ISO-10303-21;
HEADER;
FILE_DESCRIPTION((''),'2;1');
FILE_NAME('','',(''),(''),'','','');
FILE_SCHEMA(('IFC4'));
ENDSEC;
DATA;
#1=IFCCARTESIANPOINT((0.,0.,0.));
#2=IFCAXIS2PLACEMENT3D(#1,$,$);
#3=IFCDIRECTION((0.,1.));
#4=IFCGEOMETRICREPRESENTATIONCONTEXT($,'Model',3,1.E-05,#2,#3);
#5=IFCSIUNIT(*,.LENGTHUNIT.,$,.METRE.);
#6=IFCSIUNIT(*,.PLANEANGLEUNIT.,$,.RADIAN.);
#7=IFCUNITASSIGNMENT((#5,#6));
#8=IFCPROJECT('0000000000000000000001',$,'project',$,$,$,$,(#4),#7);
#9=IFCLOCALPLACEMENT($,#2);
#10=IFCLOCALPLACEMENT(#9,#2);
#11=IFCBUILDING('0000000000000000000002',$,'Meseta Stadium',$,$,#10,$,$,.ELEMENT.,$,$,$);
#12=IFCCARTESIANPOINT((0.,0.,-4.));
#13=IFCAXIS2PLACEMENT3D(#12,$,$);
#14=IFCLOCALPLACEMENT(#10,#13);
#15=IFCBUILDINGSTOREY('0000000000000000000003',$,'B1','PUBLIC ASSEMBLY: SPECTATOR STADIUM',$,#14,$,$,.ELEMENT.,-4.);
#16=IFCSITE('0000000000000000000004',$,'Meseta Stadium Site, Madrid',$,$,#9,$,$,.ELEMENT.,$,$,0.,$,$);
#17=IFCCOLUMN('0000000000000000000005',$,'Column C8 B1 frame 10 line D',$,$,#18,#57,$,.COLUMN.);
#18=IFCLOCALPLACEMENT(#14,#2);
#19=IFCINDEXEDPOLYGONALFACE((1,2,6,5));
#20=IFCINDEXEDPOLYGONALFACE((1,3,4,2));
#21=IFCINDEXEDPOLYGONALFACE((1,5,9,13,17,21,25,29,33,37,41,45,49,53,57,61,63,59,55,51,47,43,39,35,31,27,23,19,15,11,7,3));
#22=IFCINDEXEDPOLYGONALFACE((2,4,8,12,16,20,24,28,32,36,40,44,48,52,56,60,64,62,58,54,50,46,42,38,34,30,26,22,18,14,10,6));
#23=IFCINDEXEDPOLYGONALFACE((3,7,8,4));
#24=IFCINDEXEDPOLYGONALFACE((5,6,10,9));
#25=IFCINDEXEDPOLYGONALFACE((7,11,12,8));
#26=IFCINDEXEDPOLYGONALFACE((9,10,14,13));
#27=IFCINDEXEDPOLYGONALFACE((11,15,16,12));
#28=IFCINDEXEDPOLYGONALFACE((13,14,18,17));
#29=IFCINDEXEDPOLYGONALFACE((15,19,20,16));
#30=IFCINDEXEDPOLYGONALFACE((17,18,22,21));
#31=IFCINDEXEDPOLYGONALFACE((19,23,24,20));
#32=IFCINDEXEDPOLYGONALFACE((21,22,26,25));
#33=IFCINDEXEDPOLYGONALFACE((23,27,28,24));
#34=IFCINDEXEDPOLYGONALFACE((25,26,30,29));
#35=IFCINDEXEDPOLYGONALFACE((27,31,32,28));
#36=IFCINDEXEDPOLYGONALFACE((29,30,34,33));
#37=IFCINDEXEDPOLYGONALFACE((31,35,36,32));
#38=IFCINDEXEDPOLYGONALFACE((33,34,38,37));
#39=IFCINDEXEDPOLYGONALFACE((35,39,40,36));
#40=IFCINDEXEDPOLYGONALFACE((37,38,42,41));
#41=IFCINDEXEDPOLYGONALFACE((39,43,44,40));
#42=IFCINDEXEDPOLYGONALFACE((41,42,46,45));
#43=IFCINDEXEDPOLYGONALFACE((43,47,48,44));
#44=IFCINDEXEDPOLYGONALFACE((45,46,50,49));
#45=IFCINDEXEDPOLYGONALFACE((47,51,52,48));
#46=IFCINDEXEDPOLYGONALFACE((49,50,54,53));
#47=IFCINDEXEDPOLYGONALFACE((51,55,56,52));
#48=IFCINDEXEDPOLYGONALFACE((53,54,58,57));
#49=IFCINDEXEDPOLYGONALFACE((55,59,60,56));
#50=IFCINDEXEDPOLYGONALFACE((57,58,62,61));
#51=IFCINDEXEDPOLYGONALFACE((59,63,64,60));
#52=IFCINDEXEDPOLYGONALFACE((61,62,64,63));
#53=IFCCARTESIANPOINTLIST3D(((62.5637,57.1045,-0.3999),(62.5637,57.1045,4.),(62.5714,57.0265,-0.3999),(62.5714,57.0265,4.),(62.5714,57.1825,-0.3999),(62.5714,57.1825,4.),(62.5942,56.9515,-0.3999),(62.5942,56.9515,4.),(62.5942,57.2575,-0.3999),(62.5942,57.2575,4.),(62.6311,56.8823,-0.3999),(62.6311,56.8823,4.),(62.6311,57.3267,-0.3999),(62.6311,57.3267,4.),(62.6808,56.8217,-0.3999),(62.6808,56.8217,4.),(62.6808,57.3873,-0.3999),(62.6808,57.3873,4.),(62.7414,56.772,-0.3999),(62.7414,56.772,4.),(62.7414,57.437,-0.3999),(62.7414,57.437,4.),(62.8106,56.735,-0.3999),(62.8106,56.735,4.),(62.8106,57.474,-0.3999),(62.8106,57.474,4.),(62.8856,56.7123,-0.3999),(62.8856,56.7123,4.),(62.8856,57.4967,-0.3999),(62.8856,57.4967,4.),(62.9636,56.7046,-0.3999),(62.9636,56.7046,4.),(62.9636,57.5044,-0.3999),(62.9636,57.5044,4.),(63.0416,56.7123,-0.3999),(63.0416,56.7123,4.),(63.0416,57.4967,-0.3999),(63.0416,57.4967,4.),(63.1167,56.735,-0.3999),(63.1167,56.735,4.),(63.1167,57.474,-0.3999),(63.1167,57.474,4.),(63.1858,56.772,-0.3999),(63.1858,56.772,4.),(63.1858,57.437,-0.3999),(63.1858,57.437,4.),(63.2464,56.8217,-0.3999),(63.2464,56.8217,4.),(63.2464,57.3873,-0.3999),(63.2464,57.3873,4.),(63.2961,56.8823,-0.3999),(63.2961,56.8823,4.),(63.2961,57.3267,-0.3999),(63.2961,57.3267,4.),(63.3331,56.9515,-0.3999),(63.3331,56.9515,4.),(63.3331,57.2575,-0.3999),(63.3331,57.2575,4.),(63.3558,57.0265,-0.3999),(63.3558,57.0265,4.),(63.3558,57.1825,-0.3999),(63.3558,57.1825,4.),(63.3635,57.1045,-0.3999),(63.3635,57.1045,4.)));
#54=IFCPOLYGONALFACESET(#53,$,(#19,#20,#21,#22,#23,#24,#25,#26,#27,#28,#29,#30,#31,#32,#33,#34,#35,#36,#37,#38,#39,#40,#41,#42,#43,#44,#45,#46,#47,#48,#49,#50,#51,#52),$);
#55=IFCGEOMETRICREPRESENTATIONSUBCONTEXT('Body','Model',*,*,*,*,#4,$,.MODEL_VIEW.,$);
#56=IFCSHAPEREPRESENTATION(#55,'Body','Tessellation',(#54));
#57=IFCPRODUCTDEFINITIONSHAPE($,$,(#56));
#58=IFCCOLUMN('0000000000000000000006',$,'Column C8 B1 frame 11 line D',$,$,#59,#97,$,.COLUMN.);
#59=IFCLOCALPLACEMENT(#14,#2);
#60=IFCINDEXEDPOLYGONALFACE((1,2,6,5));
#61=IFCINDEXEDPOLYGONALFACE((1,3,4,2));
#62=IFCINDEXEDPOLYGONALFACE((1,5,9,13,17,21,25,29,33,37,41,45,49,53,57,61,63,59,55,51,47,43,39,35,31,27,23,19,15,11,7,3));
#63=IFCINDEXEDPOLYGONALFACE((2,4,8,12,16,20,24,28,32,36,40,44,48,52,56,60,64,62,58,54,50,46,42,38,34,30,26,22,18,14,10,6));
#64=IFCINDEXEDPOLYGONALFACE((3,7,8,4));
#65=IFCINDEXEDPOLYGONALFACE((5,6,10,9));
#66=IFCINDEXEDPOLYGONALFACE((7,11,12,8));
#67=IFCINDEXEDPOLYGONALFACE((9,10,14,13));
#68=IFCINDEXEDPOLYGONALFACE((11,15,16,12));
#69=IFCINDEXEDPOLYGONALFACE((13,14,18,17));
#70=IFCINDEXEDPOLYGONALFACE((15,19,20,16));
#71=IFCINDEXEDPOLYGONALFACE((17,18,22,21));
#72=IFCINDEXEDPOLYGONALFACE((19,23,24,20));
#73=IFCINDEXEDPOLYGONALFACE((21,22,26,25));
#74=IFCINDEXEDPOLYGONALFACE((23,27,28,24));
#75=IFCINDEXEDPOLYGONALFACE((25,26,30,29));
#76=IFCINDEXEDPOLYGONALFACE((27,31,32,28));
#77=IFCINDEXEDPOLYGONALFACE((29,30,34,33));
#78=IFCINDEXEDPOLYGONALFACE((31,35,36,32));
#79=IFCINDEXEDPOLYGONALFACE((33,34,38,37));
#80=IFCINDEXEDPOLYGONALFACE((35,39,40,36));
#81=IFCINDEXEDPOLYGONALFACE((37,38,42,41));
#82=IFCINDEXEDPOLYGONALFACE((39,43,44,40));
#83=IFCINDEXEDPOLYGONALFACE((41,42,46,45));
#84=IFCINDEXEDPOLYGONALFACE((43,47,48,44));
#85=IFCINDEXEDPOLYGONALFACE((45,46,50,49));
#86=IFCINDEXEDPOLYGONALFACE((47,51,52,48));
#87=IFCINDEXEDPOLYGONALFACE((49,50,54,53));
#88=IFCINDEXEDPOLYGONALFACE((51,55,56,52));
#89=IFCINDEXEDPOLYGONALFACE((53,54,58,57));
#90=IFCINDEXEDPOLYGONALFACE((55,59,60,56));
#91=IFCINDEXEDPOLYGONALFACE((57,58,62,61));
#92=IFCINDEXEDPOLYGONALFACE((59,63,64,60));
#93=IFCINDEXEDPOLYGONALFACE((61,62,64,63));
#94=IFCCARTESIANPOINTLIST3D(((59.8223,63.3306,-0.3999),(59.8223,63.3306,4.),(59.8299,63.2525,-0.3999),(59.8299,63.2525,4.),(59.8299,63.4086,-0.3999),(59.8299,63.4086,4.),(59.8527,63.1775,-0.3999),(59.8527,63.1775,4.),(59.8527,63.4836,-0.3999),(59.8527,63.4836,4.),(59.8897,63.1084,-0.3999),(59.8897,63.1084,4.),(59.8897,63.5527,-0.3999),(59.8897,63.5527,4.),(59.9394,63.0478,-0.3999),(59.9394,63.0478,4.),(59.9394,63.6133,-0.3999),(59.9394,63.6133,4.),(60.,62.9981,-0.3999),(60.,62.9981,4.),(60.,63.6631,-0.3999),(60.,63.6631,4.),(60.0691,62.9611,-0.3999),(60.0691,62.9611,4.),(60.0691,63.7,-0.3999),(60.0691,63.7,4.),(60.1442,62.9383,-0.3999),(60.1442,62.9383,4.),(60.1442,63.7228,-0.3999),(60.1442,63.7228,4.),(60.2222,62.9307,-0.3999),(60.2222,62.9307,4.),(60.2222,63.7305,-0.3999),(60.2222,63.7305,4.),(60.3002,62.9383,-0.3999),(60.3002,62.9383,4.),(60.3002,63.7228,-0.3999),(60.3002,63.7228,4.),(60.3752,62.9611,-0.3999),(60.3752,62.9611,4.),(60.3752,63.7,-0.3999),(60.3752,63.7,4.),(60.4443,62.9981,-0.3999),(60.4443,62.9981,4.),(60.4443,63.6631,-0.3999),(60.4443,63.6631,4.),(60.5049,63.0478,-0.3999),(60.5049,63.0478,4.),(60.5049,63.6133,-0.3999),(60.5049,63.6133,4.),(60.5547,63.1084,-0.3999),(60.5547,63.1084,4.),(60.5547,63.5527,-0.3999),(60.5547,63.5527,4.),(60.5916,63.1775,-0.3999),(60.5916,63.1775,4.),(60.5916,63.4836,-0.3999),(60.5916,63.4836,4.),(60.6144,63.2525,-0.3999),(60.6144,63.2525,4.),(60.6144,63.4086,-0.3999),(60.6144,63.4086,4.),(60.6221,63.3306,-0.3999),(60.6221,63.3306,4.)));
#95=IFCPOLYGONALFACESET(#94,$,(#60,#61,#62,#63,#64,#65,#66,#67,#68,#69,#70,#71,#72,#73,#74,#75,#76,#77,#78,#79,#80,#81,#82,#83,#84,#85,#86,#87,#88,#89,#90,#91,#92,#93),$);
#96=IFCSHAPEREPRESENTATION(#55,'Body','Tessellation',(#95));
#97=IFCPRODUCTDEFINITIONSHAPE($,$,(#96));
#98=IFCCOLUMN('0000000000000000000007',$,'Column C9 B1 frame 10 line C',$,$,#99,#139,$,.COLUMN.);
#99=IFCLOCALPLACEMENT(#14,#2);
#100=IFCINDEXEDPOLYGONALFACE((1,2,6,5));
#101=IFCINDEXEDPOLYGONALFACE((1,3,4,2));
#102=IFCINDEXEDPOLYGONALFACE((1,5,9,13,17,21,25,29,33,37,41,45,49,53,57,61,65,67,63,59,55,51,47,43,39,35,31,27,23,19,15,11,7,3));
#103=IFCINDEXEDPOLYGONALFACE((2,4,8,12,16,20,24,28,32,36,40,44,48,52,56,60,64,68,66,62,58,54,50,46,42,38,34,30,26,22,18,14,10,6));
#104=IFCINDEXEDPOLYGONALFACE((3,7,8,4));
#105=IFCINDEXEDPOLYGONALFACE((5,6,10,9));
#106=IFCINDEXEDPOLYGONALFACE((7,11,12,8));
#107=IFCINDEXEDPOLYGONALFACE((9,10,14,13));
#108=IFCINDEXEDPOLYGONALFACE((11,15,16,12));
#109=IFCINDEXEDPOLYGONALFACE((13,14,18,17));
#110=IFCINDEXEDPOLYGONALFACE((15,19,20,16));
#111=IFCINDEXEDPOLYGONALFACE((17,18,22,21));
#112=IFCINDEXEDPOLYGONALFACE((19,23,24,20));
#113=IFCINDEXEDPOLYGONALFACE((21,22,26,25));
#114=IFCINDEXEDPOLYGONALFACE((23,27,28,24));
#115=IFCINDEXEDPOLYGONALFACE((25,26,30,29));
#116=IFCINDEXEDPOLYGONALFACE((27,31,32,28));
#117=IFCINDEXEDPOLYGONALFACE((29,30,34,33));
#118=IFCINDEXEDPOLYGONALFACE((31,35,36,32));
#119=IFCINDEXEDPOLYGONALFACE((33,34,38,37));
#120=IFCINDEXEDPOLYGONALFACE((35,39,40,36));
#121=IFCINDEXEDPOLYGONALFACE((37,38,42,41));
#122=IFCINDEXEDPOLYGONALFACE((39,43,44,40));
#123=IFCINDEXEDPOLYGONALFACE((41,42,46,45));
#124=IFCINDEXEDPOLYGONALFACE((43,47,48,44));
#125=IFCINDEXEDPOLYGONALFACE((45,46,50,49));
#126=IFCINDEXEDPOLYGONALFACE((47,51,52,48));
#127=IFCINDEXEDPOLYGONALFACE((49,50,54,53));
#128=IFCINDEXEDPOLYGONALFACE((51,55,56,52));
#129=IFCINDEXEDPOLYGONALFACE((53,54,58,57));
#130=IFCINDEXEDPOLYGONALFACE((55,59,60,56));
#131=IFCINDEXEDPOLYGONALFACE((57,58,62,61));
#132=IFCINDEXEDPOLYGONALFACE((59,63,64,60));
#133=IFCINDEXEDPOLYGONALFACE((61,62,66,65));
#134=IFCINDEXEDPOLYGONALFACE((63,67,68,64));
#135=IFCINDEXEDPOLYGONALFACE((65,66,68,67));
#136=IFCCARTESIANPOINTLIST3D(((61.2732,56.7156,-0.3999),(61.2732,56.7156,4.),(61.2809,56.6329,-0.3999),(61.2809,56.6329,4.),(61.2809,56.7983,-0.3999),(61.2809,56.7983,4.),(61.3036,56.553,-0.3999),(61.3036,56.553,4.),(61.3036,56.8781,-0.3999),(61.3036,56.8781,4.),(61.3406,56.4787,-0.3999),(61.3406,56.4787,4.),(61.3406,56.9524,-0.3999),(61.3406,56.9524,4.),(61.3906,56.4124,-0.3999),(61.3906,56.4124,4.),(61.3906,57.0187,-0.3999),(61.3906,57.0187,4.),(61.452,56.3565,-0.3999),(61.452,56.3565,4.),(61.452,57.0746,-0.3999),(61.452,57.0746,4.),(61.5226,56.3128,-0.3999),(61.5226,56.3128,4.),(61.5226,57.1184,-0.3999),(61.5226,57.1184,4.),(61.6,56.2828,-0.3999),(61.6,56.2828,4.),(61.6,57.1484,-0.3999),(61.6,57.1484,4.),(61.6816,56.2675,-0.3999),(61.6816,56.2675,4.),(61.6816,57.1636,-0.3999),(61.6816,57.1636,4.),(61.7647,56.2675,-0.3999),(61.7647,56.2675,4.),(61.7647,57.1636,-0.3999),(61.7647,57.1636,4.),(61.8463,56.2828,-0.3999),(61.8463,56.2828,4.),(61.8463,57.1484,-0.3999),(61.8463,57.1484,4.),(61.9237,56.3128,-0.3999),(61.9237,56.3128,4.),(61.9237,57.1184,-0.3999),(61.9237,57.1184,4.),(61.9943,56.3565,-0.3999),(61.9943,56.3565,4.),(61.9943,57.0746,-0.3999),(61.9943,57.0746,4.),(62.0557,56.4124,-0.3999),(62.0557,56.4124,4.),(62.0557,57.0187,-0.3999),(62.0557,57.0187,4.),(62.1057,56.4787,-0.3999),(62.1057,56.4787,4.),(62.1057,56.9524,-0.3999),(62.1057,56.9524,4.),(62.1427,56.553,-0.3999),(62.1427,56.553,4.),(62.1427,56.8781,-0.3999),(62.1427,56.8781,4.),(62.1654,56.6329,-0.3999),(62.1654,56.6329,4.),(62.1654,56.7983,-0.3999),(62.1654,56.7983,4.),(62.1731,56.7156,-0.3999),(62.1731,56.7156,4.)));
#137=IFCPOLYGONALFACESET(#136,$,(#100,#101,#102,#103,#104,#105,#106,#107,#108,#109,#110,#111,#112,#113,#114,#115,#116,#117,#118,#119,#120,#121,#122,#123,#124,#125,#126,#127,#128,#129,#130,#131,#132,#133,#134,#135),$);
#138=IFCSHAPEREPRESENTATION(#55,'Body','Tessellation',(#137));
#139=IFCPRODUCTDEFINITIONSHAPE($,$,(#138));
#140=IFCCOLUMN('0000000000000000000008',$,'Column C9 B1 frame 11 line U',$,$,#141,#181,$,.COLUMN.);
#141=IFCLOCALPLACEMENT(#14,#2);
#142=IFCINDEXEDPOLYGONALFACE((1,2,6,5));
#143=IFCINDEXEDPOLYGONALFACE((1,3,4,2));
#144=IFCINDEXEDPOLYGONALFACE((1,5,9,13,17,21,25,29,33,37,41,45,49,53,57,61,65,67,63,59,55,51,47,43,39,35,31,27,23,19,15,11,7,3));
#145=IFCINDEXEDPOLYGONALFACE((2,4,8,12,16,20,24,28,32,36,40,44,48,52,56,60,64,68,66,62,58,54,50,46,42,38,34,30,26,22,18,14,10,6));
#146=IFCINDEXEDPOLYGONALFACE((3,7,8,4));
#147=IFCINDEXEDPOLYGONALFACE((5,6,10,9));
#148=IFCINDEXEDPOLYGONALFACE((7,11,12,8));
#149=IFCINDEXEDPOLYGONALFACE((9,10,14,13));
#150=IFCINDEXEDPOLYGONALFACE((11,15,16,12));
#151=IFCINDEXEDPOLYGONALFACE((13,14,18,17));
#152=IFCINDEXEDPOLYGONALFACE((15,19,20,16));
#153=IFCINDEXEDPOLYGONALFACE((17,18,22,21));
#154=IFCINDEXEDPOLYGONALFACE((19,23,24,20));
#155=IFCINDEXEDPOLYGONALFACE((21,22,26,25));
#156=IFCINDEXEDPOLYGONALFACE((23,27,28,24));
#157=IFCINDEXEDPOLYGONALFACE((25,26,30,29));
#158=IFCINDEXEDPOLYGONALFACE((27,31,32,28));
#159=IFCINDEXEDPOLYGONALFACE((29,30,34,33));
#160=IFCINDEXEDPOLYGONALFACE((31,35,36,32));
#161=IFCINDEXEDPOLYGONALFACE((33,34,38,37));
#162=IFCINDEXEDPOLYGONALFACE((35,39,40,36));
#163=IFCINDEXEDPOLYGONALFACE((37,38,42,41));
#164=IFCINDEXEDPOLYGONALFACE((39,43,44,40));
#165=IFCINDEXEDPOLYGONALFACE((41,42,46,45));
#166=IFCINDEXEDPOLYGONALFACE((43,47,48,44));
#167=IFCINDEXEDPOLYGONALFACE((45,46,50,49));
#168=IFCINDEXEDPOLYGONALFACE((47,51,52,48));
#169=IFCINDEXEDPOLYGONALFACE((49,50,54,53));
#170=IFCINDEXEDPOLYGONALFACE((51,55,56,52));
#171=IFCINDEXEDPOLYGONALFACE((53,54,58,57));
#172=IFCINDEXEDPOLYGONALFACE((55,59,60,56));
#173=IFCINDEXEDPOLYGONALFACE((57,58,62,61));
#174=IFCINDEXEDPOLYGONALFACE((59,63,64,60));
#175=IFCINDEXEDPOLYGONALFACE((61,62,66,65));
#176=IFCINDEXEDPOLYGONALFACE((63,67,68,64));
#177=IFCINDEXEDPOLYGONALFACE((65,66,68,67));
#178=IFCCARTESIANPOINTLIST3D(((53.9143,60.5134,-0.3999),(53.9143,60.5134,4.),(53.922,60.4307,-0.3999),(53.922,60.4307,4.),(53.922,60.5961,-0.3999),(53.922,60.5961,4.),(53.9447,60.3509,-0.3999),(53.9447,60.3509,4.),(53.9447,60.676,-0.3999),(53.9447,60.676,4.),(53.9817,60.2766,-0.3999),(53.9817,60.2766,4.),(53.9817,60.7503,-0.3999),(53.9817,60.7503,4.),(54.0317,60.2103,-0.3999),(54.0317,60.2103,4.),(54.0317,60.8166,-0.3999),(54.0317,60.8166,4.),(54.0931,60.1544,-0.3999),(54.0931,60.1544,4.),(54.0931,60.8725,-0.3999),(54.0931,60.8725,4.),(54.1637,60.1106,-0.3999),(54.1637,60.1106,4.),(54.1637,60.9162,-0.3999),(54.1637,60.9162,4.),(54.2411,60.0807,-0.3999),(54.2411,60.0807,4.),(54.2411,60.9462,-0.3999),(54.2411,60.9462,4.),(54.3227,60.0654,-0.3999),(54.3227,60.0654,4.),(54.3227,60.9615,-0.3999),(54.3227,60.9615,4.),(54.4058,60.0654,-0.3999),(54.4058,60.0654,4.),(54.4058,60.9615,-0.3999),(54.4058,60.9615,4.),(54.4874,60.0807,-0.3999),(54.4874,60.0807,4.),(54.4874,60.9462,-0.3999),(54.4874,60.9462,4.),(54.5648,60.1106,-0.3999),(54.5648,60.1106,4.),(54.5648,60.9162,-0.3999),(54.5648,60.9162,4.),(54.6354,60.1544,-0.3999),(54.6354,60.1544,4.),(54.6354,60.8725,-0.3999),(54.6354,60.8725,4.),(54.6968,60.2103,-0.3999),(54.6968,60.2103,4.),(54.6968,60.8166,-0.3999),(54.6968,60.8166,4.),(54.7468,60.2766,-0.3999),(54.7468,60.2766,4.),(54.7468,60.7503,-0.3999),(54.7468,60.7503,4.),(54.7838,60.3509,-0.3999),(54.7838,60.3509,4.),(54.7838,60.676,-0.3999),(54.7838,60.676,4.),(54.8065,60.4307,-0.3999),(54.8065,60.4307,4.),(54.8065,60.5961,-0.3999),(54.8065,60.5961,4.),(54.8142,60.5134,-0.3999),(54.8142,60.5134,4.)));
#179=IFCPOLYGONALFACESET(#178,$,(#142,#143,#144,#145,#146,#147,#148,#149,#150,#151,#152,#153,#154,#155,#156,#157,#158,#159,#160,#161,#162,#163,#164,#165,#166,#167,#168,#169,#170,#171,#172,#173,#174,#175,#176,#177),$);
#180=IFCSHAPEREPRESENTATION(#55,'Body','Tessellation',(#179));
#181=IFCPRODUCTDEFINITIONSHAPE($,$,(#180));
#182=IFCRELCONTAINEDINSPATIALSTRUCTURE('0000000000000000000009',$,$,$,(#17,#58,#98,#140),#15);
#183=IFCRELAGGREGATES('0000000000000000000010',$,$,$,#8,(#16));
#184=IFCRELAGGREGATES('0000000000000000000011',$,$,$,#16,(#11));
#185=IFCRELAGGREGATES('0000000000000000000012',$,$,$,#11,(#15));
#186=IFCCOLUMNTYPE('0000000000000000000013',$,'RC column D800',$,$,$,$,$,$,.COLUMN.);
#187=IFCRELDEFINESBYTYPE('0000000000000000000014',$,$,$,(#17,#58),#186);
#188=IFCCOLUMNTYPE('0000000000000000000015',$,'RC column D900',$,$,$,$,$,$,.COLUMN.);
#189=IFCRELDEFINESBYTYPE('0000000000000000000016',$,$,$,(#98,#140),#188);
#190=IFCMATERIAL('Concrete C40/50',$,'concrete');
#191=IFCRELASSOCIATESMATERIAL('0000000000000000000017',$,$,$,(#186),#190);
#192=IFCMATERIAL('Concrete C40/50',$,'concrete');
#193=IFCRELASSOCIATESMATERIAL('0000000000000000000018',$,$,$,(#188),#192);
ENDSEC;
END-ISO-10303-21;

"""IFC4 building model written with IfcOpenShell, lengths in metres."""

from ifc_helpers import new_model, si_unit, direction, frame, origin, origin_2d, place, context, subcontext, project, spatial, circle, extrude, material, material_profile, profile_set, type_object, element, save


model = new_model("IFC4")

# Units and contexts
model_context = context("Model", 3, precision=1e-05, world=origin(), true_north=direction((0.0, 1.0)))
body_context = subcontext(model_context, "Body", "Model", "MODEL_VIEW")
ifc_project = project(units=[si_unit("LENGTHUNIT", "METRE"), si_unit("PLANEANGLEUNIT", "RADIAN")], contexts=[model_context])

# Site, building, storey
site_placement = place(None, origin())
site = spatial("IfcSite", under=ifc_project, at=site_placement, Name="Meseta Stadium Site, Madrid", CompositionType="ELEMENT", RefElevation=0.0)
building_placement = place(site_placement, origin())
building = spatial("IfcBuilding", under=site, at=building_placement, Name="Meseta Stadium", CompositionType="ELEMENT")
storey_placement = place(building_placement, frame((0.0, 0.0, -4.0)))
storey = spatial("IfcBuildingStorey", under=building, at=storey_placement, Name="B1", Description="PUBLIC ASSEMBLY: SPECTATOR STADIUM", CompositionType="ELEMENT", Elevation=-4.0)

# Columns
ifc_material_1 = material(Name="Concrete C40/50", Category="concrete")
ifc_material_profile_1 = material_profile(ifc_material_1, circle(Radius=0.3999, at=origin_2d()), Name="RC D800")
ifc_profile_set_1 = profile_set([ifc_material_profile_1], Name="Concrete C40/50")
column_type_1 = type_object("IfcColumnType", Name="RC column D800", PredefinedType="COLUMN", material=ifc_profile_set_1)
for number, where, z_axis, x_axis, name in (
    (1, (62.9636, 57.1045, -0.3999), (0.0, 0.0, 1.0), (1.0, 0.0, 0.0), "Column C8 B1 frame 10 line D"),
    (2, (60.2222, 63.3306, -0.3999), (0.0, 0.0, 1.0), (1.0, 0.0, 0.0), "Column C8 B1 frame 11 line D"),
):
    element("IfcColumn", number, at=place(storey_placement, frame(where, z_axis=z_axis, x_axis=x_axis)), inside=storey, type_object=column_type_1, Name=name, PredefinedType="COLUMN", context=body_context, shape_type="SweptSolid", body=[
        extrude(circle(Radius=0.3999, at=origin_2d()), origin(), (0.0, 0.0, 1.0), 4.3999),
    ])
ifc_material_2 = material(Name="Concrete C40/50", Category="concrete")
ifc_material_profile_2 = material_profile(ifc_material_2, circle(Radius=0.45, at=origin_2d()), Name="RC D900")
ifc_profile_set_2 = profile_set([ifc_material_profile_2], Name="Concrete C40/50")
column_type_2 = type_object("IfcColumnType", Name="RC column D900", PredefinedType="COLUMN", material=ifc_profile_set_2)
for number, where, z_axis, x_axis, name in (
    (3, (61.7231, 56.7156, -0.3999), (0.0, 0.0, 1.0), (1.0, 0.0, 0.0), "Column C9 B1 frame 10 line C"),
    (4, (54.3643, 60.5134, -0.3999), (0.0, 0.0, 1.0), (1.0, 0.0, 0.0), "Column C9 B1 frame 11 line U"),
):
    element("IfcColumn", number, at=place(storey_placement, frame(where, z_axis=z_axis, x_axis=x_axis)), inside=storey, type_object=column_type_2, Name=name, PredefinedType="COLUMN", context=body_context, shape_type="SweptSolid", body=[
        extrude(circle(Radius=0.45, at=origin_2d()), origin(), (0.0, 0.0, 1.0), 4.3999),
    ])

save(model, "model.ifc")
